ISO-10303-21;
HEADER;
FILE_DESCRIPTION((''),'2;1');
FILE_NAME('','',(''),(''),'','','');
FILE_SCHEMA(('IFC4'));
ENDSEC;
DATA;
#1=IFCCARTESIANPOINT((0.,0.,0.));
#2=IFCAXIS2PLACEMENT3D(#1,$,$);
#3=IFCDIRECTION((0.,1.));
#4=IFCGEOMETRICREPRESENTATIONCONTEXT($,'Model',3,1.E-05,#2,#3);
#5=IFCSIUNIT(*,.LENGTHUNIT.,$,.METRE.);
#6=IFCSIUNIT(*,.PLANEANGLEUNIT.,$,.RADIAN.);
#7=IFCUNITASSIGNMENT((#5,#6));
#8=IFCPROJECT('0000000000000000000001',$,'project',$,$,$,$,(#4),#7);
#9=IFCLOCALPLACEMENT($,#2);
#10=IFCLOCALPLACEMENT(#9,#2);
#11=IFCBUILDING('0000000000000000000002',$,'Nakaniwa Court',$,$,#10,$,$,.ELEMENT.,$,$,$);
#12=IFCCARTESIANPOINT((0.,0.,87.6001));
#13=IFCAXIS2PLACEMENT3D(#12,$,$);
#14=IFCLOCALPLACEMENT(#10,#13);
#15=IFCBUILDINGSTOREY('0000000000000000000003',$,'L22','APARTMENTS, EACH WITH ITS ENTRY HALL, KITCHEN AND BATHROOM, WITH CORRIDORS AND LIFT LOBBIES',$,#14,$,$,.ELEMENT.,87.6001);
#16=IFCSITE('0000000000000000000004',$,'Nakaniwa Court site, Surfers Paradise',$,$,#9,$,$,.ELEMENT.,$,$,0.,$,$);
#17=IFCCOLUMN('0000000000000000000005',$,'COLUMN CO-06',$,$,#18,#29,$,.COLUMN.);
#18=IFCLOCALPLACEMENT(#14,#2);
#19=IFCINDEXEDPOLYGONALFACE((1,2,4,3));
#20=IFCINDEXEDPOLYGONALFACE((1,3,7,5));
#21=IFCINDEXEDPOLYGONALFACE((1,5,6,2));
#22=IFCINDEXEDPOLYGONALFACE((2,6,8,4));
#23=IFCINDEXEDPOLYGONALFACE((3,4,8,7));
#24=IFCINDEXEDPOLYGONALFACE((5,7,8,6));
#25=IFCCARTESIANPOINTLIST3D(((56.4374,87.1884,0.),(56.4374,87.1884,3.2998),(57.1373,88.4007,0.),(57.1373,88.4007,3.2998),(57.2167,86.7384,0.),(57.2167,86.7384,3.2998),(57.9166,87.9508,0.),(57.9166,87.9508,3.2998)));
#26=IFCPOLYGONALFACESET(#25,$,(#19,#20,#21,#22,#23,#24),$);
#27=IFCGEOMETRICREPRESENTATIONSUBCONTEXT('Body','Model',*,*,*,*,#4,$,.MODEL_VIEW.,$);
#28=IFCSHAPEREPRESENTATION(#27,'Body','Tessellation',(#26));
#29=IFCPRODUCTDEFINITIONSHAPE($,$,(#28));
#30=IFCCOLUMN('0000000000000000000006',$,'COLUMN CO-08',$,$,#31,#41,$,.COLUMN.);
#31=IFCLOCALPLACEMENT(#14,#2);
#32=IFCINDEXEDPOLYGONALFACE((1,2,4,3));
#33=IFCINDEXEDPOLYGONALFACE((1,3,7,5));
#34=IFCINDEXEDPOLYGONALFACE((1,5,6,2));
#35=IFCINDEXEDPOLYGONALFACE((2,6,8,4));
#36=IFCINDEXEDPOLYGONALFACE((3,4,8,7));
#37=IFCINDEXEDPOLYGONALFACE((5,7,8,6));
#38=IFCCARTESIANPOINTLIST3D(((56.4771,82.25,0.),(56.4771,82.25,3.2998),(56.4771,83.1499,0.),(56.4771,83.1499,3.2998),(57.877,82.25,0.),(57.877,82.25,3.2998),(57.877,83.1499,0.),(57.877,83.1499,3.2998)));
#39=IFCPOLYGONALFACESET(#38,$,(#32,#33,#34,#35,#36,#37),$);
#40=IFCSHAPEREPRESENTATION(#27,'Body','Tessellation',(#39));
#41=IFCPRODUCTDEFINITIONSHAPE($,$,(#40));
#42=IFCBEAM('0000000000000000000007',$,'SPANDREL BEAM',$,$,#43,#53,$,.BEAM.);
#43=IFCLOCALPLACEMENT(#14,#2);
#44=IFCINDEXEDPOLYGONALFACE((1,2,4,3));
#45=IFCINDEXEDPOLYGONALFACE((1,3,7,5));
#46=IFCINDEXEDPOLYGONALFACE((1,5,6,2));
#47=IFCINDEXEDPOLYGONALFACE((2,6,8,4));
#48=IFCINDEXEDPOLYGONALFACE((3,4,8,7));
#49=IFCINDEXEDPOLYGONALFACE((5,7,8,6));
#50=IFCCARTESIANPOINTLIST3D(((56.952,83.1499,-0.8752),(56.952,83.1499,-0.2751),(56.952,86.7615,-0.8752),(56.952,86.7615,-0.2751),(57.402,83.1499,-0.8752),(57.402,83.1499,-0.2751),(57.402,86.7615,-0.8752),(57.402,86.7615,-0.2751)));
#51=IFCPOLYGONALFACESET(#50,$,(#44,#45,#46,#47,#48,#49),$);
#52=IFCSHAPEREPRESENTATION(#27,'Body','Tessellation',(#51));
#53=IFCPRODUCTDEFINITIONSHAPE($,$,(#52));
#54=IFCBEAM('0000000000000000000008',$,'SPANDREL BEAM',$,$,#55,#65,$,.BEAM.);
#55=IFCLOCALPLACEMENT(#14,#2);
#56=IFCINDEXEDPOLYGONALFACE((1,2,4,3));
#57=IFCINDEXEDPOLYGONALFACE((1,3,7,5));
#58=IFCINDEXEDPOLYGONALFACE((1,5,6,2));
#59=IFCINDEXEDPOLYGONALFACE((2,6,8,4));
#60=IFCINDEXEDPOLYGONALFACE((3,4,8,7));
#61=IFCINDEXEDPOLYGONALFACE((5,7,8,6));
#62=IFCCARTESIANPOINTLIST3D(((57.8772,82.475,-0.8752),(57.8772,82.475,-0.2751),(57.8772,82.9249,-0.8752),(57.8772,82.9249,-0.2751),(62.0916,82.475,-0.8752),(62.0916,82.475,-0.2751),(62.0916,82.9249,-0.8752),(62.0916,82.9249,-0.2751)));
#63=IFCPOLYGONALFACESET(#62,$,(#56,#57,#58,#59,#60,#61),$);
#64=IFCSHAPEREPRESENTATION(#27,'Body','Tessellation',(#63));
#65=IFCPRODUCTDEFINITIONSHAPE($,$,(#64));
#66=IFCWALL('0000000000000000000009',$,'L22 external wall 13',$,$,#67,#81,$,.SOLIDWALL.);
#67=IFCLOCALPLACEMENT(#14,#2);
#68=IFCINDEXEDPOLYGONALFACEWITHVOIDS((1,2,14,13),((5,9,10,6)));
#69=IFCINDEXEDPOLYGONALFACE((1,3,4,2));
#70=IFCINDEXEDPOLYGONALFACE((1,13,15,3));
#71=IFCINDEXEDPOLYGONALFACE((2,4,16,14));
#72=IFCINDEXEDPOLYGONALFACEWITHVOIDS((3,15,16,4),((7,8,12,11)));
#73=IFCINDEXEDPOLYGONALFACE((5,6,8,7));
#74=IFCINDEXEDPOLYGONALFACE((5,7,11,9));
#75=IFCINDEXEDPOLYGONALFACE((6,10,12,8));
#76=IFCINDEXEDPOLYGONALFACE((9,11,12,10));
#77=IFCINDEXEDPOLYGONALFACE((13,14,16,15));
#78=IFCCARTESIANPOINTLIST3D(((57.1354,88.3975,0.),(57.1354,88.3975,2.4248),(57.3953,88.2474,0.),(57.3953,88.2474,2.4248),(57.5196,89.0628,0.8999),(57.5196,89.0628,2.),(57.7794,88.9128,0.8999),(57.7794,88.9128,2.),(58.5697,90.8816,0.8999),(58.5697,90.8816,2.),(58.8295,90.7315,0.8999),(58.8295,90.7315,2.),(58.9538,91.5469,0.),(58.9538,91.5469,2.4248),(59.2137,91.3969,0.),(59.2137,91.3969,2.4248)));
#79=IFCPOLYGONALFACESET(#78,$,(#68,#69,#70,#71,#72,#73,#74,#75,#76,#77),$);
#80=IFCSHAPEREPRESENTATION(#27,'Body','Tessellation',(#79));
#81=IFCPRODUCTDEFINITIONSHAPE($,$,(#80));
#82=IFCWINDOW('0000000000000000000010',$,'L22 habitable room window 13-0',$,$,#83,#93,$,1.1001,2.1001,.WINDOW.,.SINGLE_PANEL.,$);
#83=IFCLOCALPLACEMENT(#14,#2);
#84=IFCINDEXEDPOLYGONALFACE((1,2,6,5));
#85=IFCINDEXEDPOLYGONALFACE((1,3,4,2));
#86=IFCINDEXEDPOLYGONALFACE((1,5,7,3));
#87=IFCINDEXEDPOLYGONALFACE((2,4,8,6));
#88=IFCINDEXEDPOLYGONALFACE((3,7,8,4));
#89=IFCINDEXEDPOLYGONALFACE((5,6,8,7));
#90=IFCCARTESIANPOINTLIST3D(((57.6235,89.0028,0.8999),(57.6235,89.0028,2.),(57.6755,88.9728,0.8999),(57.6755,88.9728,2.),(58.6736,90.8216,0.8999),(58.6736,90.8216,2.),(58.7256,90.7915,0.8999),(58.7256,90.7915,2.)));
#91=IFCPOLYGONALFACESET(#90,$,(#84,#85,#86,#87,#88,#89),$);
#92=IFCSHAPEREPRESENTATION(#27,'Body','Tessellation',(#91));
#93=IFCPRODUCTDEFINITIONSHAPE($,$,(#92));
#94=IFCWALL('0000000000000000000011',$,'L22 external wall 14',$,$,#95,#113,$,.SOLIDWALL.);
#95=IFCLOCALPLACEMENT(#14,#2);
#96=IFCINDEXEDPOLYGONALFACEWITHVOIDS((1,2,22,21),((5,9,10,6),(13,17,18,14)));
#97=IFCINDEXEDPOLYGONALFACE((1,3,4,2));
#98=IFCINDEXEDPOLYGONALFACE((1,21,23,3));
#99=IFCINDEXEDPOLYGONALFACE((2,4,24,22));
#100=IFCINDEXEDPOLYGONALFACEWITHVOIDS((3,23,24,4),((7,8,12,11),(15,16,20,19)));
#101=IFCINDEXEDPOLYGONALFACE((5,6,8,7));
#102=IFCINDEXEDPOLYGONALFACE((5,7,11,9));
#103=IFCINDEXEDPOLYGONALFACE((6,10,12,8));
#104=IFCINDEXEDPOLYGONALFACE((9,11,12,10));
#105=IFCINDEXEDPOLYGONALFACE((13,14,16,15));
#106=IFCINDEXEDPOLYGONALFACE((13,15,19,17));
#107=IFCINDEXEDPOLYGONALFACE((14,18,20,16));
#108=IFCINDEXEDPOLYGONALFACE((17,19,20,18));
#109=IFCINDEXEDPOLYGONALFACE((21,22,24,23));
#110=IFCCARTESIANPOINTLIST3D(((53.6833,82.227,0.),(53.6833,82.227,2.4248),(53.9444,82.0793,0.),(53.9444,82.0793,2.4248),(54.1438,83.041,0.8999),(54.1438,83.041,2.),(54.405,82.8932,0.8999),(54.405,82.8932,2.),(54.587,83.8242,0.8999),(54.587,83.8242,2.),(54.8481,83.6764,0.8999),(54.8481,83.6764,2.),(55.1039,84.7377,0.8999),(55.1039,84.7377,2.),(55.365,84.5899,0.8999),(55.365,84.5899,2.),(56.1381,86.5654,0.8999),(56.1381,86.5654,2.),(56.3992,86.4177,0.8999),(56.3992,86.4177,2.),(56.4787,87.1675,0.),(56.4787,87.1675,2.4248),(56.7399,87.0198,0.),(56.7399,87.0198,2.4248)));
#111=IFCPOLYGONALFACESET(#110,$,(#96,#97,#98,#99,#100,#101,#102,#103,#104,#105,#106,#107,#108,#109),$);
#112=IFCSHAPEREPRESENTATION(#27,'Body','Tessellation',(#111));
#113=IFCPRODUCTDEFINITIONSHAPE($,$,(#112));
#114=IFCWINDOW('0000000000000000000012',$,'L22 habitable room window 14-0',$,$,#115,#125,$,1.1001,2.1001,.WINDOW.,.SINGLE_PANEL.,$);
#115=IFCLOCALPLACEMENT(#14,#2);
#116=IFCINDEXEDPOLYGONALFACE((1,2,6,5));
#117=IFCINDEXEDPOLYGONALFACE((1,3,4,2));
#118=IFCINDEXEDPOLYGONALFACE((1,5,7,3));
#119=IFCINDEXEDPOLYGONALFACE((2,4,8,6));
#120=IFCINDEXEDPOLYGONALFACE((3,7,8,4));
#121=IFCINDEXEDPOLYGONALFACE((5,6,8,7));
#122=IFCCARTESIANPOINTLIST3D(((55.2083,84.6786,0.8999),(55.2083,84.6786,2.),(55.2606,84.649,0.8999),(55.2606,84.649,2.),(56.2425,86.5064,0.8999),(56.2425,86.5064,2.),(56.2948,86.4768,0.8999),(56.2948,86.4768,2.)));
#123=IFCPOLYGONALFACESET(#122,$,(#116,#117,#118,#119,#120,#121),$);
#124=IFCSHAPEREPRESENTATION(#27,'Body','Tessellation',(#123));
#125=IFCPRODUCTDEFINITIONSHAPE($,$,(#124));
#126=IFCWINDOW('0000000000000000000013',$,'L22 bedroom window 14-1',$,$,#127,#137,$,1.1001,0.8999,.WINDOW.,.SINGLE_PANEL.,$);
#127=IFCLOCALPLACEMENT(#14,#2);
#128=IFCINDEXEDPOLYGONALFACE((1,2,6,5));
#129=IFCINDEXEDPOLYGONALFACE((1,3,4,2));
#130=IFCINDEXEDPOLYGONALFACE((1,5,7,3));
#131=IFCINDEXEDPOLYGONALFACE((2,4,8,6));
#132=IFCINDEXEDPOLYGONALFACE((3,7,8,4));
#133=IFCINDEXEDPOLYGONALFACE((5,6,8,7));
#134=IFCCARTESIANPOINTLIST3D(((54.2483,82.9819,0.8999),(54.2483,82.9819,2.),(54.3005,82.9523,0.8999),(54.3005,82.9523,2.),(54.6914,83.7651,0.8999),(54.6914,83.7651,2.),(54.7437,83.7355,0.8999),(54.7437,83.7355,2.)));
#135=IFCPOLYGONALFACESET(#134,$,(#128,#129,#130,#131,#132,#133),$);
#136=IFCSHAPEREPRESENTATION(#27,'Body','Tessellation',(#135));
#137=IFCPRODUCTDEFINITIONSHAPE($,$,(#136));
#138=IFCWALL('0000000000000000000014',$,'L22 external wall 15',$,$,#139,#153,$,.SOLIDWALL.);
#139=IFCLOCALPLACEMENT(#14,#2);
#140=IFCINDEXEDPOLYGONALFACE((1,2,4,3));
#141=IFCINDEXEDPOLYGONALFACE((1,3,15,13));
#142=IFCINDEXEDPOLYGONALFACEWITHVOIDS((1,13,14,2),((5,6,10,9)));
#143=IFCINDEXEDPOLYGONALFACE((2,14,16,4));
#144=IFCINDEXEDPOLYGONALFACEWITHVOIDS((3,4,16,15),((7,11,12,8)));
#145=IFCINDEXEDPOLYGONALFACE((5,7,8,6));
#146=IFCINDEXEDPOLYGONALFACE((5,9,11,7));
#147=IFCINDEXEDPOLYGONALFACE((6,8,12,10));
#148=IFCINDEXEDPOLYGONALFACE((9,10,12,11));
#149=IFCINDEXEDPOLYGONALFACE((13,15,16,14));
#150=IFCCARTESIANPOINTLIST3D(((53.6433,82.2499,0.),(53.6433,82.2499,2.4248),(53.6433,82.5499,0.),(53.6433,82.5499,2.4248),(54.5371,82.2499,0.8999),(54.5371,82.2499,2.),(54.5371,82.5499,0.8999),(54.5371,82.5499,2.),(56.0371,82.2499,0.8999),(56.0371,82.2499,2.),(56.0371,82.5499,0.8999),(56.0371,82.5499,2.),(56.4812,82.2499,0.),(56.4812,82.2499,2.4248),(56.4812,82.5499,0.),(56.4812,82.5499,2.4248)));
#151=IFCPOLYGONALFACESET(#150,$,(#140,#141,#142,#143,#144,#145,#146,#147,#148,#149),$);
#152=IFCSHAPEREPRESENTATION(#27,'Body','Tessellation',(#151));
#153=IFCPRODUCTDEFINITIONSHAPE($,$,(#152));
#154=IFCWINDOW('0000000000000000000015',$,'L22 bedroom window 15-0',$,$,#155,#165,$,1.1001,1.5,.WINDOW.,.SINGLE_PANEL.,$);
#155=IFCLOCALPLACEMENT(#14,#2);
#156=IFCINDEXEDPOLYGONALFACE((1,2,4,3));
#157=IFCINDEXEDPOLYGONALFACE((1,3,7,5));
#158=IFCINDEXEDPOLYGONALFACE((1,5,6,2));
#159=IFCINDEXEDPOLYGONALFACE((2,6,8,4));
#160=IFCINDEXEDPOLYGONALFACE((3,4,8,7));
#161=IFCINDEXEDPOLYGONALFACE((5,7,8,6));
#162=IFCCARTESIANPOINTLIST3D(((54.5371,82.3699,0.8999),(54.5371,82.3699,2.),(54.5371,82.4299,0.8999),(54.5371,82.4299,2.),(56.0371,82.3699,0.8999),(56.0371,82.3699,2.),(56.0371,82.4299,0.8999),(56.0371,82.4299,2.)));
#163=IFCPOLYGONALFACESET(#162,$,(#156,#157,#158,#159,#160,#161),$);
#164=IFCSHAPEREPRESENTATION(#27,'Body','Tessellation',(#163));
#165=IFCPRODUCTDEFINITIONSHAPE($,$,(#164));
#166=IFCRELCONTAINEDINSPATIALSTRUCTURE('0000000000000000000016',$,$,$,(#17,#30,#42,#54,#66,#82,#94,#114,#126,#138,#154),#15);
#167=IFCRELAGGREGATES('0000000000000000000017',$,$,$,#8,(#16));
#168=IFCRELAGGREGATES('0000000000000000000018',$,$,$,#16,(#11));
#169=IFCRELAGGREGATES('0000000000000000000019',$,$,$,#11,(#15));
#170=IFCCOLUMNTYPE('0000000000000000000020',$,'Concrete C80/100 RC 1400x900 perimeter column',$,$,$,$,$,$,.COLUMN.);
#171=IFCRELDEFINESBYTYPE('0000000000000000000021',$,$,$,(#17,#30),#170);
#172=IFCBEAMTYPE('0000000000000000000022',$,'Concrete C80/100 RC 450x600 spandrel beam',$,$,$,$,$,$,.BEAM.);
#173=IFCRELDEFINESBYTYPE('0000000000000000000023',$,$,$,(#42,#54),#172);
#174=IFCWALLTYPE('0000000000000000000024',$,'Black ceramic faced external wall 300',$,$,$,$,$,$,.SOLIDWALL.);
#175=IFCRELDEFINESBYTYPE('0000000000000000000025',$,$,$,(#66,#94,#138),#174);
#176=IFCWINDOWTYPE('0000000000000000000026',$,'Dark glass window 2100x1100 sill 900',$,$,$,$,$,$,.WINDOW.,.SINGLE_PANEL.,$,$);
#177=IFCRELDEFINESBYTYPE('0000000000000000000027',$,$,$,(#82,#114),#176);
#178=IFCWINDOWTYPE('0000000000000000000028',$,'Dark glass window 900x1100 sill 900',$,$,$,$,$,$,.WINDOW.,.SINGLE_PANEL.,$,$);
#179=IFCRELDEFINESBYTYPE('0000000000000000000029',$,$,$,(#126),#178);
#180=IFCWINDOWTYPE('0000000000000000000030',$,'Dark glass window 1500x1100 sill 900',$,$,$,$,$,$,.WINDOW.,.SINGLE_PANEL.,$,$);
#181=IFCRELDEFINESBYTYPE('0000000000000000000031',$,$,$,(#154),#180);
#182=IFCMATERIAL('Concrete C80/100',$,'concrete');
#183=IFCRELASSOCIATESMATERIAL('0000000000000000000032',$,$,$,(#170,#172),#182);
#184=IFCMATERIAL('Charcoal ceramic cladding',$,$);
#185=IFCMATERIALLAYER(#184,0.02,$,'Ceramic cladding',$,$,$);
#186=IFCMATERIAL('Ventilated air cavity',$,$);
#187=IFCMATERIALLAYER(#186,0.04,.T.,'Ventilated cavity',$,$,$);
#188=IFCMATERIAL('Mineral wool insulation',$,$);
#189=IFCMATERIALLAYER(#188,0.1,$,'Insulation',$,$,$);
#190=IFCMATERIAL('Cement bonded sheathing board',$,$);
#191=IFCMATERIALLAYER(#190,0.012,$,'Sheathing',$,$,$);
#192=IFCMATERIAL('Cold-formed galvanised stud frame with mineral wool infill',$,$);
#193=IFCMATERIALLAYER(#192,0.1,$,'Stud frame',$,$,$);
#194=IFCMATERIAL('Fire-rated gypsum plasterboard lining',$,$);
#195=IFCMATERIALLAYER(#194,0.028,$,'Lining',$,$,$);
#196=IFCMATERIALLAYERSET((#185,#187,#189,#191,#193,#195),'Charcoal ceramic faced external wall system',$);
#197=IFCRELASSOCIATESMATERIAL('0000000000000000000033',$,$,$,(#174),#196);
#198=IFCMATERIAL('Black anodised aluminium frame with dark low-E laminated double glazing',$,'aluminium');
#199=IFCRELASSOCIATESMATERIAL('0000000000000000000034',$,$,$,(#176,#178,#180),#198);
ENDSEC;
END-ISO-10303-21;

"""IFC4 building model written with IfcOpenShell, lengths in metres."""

from ifc_helpers import new_model, si_unit, direction, frame, frame_2d, origin, origin_2d, place, context, subcontext, project, spatial, rectangle, extrude, material, layer, layer_set, material_profile, profile_set, type_object, element, fill, save


model = new_model("IFC4")

# Units and contexts
model_context = context("Model", 3, precision=1e-05, world=origin(), true_north=direction((0.0, 1.0)))
body_context = subcontext(model_context, "Body", "Model", "MODEL_VIEW")
ifc_project = project(units=[si_unit("LENGTHUNIT", "METRE"), si_unit("PLANEANGLEUNIT", "RADIAN")], contexts=[model_context])

# Site, building, storey
site_placement = place(None, origin())
site = spatial("IfcSite", under=ifc_project, at=site_placement, Name="Nakaniwa Court site, Surfers Paradise", CompositionType="ELEMENT", RefElevation=0.0)
building_placement = place(site_placement, origin())
building = spatial("IfcBuilding", under=site, at=building_placement, Name="Nakaniwa Court", CompositionType="ELEMENT")
storey_placement = place(building_placement, frame((0.0, 0.0, 87.6001)))
storey = spatial("IfcBuildingStorey", under=building, at=storey_placement, Name="L22", Description="APARTMENTS, EACH WITH ITS ENTRY HALL, KITCHEN AND BATHROOM, WITH CORRIDORS AND LIFT LOBBIES", CompositionType="ELEMENT", Elevation=87.6001)

# Columns
ifc_material_1 = material(Name="Concrete C80/100", Category="concrete")
ifc_material_profile_1 = material_profile(ifc_material_1, rectangle(XDim=1.3999, YDim=0.8999, at=origin_2d()), Name="Concrete C80/100 RC 1400x900 perimeter column")
ifc_profile_set_1 = profile_set([ifc_material_profile_1], Name="Concrete C80/100")
column_type = type_object("IfcColumnType", Name="Concrete C80/100 RC 1400x900 perimeter column", PredefinedType="COLUMN", material=ifc_profile_set_1)
for number, where, z_axis, x_axis, name in (
    (1, (57.177, 87.5696, 0.0), (0.0, 0.0, 1.0), (-0.5, -0.866025, 0.0), "COLUMN CO-06"),
    (2, (57.177, 82.7, 0.0), (0.0, 0.0, 1.0), (1.0, 0.0, 0.0), "COLUMN CO-08"),
):
    element("IfcColumn", number, at=place(storey_placement, frame(where, z_axis=z_axis, x_axis=x_axis)), inside=storey, type_object=column_type, Name=name, PredefinedType="COLUMN", context=body_context, shape_type="SweptSolid", body=[
        extrude(rectangle(XDim=1.3999, YDim=0.8999, at=origin_2d()), origin(), (0.0, 0.0, 1.0), 3.2998),
    ])

# Beams
ifc_material_profile_2 = material_profile(ifc_material_1, rectangle(XDim=0.45, YDim=0.6001, at=origin_2d()), Name="Concrete C80/100 RC 450x600 spandrel beam")
ifc_profile_set_2 = profile_set([ifc_material_profile_2], Name="Concrete C80/100")
beam_type = type_object("IfcBeamType", Name="Concrete C80/100 RC 450x600 spandrel beam", PredefinedType="BEAM", material=ifc_profile_set_2)
beam_1_placement = place(storey_placement, frame((57.177, 86.7615, -0.5752), z_axis=(0.0, -1.0, 0.0), x_axis=(1.0, 0.0, 0.0)))
element("IfcBeam", 3, at=beam_1_placement, inside=storey, type_object=beam_type, Name="SPANDREL BEAM", PredefinedType="BEAM", context=body_context, shape_type="SweptSolid", body=[
    extrude(rectangle(XDim=0.45, YDim=0.6001, at=origin_2d()), origin(), (0.0, 0.0, 1.0), 3.6116),
])
beam_2_placement = place(storey_placement, frame((57.8772, 82.7, -0.5752), z_axis=(1.0, 0.0, 0.0), x_axis=(0.0, 1.0, 0.0)))
element("IfcBeam", 4, at=beam_2_placement, inside=storey, type_object=beam_type, Name="SPANDREL BEAM", PredefinedType="BEAM", context=body_context, shape_type="SweptSolid", body=[
    extrude(rectangle(XDim=0.45, YDim=0.6001, at=origin_2d()), origin(), (0.0, 0.0, 1.0), 4.2144),
])

# Wall, opening, window
ifc_material_2 = material(Name="Charcoal ceramic cladding")
ifc_layer_1 = layer(ifc_material_2, 0.02, Name="Ceramic cladding")
ifc_material_3 = material(Name="Ventilated air cavity")
ifc_layer_2 = layer(ifc_material_3, 0.04, ventilated=True, Name="Ventilated cavity")
ifc_material_4 = material(Name="Mineral wool insulation")
ifc_layer_3 = layer(ifc_material_4, 0.1, Name="Insulation")
ifc_material_5 = material(Name="Cement bonded sheathing board")
ifc_layer_4 = layer(ifc_material_5, 0.012, Name="Sheathing")
ifc_material_6 = material(Name="Cold-formed galvanised stud frame with mineral wool infill")
ifc_layer_5 = layer(ifc_material_6, 0.1, Name="Stud frame")
ifc_material_7 = material(Name="Fire-rated gypsum plasterboard lining")
ifc_layer_6 = layer(ifc_material_7, 0.028, Name="Lining")
ifc_layer_set_1 = layer_set([ifc_layer_1, ifc_layer_2, ifc_layer_3, ifc_layer_4, ifc_layer_5, ifc_layer_6], Name="Charcoal ceramic faced external wall system")
wall_type_1 = type_object("IfcWallType", Name="Black ceramic faced external wall 300", PredefinedType="SOLIDWALL", material=ifc_layer_set_1)
wall_1_placement = place(storey_placement, frame((59.0837, 91.4719, 0.0), z_axis=(0.0, 0.0, 1.0), x_axis=(-0.500009, -0.86602, 0.0)))
wall_1 = element("IfcWall", 5, at=wall_1_placement, inside=storey, type_object=wall_type_1, Name="L22 external wall 13", PredefinedType="SOLIDWALL", context=body_context, shape_type="SweptSolid", body=[
    extrude(rectangle(XDim=3.6367, YDim=0.3, at=frame_2d((1.8184, 0.0))), origin(), (0.0, 0.0, 1.0), 2.4248),
])
opening_1_placement = place(wall_1_placement, frame((0.7683, 0.0, 0.8999)))
opening_1 = element("IfcOpeningElement", 6, at=opening_1_placement, cuts=wall_1, PredefinedType="OPENING", context=body_context, shape_type="SweptSolid", body=[
    extrude(rectangle(XDim=2.1001, YDim=1.1001, at=frame_2d((1.05, 0.55))), frame((0.0, 0.1599, 0.0), z_axis=(0.0, -1.0, 0.0), x_axis=(1.0, 0.0, 0.0)), (0.0, 0.0, 1.0), 0.3201),
])
ifc_material_8 = material(Name="Black anodised aluminium frame with dark low-E laminated double glazing", Category="aluminium")
window_type_1 = type_object("IfcWindowType", Name="Dark glass window 2100x1100 sill 900", PartitioningType="SINGLE_PANEL", PredefinedType="WINDOW", material=ifc_material_8)
window_1_placement = place(opening_1_placement, origin())
window_1 = element("IfcWindow", 7, at=window_1_placement, inside=storey, type_object=window_type_1, Name="L22 habitable room window 13-0", OverallHeight=1.1001, OverallWidth=2.1001, PartitioningType="SINGLE_PANEL", PredefinedType="WINDOW", context=body_context, shape_type="SweptSolid", body=[
    extrude(rectangle(XDim=2.1001, YDim=1.1001, at=frame_2d((1.05, 0.55))), frame((0.0, 0.03, 0.0), z_axis=(0.0, -1.0, 0.0), x_axis=(1.0, 0.0, 0.0)), (0.0, 0.0, 1.0), 0.0601),
])
fill(opening_1, window_1)

# Wall, openings, windows
wall_2_placement = place(storey_placement, frame((56.6094, 87.0938, 0.0), z_axis=(0.0, 0.0, 1.0), x_axis=(-0.492457, -0.870337, 0.0)))
wall_2 = element("IfcWall", 8, at=wall_2_placement, inside=storey, type_object=wall_type_1, Name="L22 external wall 14", PredefinedType="SOLIDWALL", context=body_context, shape_type="SweptSolid", body=[
    extrude(rectangle(XDim=5.6765, YDim=0.3, at=frame_2d((2.8384, 0.0))), origin(), (0.0, 0.0, 1.0), 2.4248),
])
opening_2_placement = place(wall_2_placement, frame((0.6919, 0.0, 0.8999)))
opening_2 = element("IfcOpeningElement", 9, at=opening_2_placement, cuts=wall_2, PredefinedType="OPENING", context=body_context, shape_type="SweptSolid", body=[
    extrude(rectangle(XDim=2.1001, YDim=1.1001, at=frame_2d((1.05, 0.55))), frame((0.0, 0.1599, 0.0), z_axis=(0.0, -1.0, 0.0), x_axis=(1.0, 0.0, 0.0)), (0.0, 0.0, 1.0), 0.3201),
])
opening_3_placement = place(wall_2_placement, frame((3.8416, 0.0, 0.8999)))
opening_3 = element("IfcOpeningElement", 10, at=opening_3_placement, cuts=wall_2, PredefinedType="OPENING", context=body_context, shape_type="SweptSolid", body=[
    extrude(rectangle(XDim=0.8999, YDim=1.1001, at=frame_2d((0.45, 0.55))), frame((0.0, 0.1599, 0.0), z_axis=(0.0, -1.0, 0.0), x_axis=(1.0, 0.0, 0.0)), (0.0, 0.0, 1.0), 0.3201),
])
window_2_placement = place(opening_2_placement, origin())
window_2 = element("IfcWindow", 11, at=window_2_placement, inside=storey, type_object=window_type_1, Name="L22 habitable room window 14-0", OverallHeight=1.1001, OverallWidth=2.1001, PartitioningType="SINGLE_PANEL", PredefinedType="WINDOW", context=body_context, shape_type="SweptSolid", body=[
    extrude(rectangle(XDim=2.1001, YDim=1.1001, at=frame_2d((1.05, 0.55))), frame((0.0, 0.03, 0.0), z_axis=(0.0, -1.0, 0.0), x_axis=(1.0, 0.0, 0.0)), (0.0, 0.0, 1.0), 0.0601),
])
fill(opening_2, window_2)
window_type_2 = type_object("IfcWindowType", Name="Dark glass window 900x1100 sill 900", PartitioningType="SINGLE_PANEL", PredefinedType="WINDOW", material=ifc_material_8)
window_3_placement = place(opening_3_placement, origin())
window_3 = element("IfcWindow", 12, at=window_3_placement, inside=storey, type_object=window_type_2, Name="L22 bedroom window 14-1", OverallHeight=1.1001, OverallWidth=0.8999, PartitioningType="SINGLE_PANEL", PredefinedType="WINDOW", context=body_context, shape_type="SweptSolid", body=[
    extrude(rectangle(XDim=0.8999, YDim=1.1001, at=frame_2d((0.45, 0.55))), frame((0.0, 0.03, 0.0), z_axis=(0.0, -1.0, 0.0), x_axis=(1.0, 0.0, 0.0)), (0.0, 0.0, 1.0), 0.0601),
])
fill(opening_3, window_3)

# Wall, opening, window
wall_3_placement = place(storey_placement, frame((53.6433, 82.3999, 0.0), z_axis=(0.0, 0.0, 1.0), x_axis=(1.0, 0.0, 0.0)))
wall_3 = element("IfcWall", 13, at=wall_3_placement, inside=storey, type_object=wall_type_1, Name="L22 external wall 15", PredefinedType="SOLIDWALL", context=body_context, shape_type="SweptSolid", body=[
    extrude(rectangle(XDim=2.8379, YDim=0.3, at=frame_2d((1.4189, 0.0))), origin(), (0.0, 0.0, 1.0), 2.4248),
])
opening_4_placement = place(wall_3_placement, frame((0.8938, 0.0, 0.8999)))
opening_4 = element("IfcOpeningElement", 14, at=opening_4_placement, cuts=wall_3, PredefinedType="OPENING", context=body_context, shape_type="SweptSolid", body=[
    extrude(rectangle(XDim=1.5, YDim=1.1001, at=frame_2d((0.75, 0.55))), frame((0.0, 0.1599, 0.0), z_axis=(0.0, -1.0, 0.0), x_axis=(1.0, 0.0, 0.0)), (0.0, 0.0, 1.0), 0.3201),
])
window_type_3 = type_object("IfcWindowType", Name="Dark glass window 1500x1100 sill 900", PartitioningType="SINGLE_PANEL", PredefinedType="WINDOW", material=ifc_material_8)
window_4_placement = place(opening_4_placement, origin())
window_4 = element("IfcWindow", 15, at=window_4_placement, inside=storey, type_object=window_type_3, Name="L22 bedroom window 15-0", OverallHeight=1.1001, OverallWidth=1.5, PartitioningType="SINGLE_PANEL", PredefinedType="WINDOW", context=body_context, shape_type="SweptSolid", body=[
    extrude(rectangle(XDim=1.5, YDim=1.1001, at=frame_2d((0.75, 0.55))), frame((0.0, 0.03, 0.0), z_axis=(0.0, -1.0, 0.0), x_axis=(1.0, 0.0, 0.0)), (0.0, 0.0, 1.0), 0.0601),
])
fill(opening_4, window_4)

save(model, "model.ifc")
